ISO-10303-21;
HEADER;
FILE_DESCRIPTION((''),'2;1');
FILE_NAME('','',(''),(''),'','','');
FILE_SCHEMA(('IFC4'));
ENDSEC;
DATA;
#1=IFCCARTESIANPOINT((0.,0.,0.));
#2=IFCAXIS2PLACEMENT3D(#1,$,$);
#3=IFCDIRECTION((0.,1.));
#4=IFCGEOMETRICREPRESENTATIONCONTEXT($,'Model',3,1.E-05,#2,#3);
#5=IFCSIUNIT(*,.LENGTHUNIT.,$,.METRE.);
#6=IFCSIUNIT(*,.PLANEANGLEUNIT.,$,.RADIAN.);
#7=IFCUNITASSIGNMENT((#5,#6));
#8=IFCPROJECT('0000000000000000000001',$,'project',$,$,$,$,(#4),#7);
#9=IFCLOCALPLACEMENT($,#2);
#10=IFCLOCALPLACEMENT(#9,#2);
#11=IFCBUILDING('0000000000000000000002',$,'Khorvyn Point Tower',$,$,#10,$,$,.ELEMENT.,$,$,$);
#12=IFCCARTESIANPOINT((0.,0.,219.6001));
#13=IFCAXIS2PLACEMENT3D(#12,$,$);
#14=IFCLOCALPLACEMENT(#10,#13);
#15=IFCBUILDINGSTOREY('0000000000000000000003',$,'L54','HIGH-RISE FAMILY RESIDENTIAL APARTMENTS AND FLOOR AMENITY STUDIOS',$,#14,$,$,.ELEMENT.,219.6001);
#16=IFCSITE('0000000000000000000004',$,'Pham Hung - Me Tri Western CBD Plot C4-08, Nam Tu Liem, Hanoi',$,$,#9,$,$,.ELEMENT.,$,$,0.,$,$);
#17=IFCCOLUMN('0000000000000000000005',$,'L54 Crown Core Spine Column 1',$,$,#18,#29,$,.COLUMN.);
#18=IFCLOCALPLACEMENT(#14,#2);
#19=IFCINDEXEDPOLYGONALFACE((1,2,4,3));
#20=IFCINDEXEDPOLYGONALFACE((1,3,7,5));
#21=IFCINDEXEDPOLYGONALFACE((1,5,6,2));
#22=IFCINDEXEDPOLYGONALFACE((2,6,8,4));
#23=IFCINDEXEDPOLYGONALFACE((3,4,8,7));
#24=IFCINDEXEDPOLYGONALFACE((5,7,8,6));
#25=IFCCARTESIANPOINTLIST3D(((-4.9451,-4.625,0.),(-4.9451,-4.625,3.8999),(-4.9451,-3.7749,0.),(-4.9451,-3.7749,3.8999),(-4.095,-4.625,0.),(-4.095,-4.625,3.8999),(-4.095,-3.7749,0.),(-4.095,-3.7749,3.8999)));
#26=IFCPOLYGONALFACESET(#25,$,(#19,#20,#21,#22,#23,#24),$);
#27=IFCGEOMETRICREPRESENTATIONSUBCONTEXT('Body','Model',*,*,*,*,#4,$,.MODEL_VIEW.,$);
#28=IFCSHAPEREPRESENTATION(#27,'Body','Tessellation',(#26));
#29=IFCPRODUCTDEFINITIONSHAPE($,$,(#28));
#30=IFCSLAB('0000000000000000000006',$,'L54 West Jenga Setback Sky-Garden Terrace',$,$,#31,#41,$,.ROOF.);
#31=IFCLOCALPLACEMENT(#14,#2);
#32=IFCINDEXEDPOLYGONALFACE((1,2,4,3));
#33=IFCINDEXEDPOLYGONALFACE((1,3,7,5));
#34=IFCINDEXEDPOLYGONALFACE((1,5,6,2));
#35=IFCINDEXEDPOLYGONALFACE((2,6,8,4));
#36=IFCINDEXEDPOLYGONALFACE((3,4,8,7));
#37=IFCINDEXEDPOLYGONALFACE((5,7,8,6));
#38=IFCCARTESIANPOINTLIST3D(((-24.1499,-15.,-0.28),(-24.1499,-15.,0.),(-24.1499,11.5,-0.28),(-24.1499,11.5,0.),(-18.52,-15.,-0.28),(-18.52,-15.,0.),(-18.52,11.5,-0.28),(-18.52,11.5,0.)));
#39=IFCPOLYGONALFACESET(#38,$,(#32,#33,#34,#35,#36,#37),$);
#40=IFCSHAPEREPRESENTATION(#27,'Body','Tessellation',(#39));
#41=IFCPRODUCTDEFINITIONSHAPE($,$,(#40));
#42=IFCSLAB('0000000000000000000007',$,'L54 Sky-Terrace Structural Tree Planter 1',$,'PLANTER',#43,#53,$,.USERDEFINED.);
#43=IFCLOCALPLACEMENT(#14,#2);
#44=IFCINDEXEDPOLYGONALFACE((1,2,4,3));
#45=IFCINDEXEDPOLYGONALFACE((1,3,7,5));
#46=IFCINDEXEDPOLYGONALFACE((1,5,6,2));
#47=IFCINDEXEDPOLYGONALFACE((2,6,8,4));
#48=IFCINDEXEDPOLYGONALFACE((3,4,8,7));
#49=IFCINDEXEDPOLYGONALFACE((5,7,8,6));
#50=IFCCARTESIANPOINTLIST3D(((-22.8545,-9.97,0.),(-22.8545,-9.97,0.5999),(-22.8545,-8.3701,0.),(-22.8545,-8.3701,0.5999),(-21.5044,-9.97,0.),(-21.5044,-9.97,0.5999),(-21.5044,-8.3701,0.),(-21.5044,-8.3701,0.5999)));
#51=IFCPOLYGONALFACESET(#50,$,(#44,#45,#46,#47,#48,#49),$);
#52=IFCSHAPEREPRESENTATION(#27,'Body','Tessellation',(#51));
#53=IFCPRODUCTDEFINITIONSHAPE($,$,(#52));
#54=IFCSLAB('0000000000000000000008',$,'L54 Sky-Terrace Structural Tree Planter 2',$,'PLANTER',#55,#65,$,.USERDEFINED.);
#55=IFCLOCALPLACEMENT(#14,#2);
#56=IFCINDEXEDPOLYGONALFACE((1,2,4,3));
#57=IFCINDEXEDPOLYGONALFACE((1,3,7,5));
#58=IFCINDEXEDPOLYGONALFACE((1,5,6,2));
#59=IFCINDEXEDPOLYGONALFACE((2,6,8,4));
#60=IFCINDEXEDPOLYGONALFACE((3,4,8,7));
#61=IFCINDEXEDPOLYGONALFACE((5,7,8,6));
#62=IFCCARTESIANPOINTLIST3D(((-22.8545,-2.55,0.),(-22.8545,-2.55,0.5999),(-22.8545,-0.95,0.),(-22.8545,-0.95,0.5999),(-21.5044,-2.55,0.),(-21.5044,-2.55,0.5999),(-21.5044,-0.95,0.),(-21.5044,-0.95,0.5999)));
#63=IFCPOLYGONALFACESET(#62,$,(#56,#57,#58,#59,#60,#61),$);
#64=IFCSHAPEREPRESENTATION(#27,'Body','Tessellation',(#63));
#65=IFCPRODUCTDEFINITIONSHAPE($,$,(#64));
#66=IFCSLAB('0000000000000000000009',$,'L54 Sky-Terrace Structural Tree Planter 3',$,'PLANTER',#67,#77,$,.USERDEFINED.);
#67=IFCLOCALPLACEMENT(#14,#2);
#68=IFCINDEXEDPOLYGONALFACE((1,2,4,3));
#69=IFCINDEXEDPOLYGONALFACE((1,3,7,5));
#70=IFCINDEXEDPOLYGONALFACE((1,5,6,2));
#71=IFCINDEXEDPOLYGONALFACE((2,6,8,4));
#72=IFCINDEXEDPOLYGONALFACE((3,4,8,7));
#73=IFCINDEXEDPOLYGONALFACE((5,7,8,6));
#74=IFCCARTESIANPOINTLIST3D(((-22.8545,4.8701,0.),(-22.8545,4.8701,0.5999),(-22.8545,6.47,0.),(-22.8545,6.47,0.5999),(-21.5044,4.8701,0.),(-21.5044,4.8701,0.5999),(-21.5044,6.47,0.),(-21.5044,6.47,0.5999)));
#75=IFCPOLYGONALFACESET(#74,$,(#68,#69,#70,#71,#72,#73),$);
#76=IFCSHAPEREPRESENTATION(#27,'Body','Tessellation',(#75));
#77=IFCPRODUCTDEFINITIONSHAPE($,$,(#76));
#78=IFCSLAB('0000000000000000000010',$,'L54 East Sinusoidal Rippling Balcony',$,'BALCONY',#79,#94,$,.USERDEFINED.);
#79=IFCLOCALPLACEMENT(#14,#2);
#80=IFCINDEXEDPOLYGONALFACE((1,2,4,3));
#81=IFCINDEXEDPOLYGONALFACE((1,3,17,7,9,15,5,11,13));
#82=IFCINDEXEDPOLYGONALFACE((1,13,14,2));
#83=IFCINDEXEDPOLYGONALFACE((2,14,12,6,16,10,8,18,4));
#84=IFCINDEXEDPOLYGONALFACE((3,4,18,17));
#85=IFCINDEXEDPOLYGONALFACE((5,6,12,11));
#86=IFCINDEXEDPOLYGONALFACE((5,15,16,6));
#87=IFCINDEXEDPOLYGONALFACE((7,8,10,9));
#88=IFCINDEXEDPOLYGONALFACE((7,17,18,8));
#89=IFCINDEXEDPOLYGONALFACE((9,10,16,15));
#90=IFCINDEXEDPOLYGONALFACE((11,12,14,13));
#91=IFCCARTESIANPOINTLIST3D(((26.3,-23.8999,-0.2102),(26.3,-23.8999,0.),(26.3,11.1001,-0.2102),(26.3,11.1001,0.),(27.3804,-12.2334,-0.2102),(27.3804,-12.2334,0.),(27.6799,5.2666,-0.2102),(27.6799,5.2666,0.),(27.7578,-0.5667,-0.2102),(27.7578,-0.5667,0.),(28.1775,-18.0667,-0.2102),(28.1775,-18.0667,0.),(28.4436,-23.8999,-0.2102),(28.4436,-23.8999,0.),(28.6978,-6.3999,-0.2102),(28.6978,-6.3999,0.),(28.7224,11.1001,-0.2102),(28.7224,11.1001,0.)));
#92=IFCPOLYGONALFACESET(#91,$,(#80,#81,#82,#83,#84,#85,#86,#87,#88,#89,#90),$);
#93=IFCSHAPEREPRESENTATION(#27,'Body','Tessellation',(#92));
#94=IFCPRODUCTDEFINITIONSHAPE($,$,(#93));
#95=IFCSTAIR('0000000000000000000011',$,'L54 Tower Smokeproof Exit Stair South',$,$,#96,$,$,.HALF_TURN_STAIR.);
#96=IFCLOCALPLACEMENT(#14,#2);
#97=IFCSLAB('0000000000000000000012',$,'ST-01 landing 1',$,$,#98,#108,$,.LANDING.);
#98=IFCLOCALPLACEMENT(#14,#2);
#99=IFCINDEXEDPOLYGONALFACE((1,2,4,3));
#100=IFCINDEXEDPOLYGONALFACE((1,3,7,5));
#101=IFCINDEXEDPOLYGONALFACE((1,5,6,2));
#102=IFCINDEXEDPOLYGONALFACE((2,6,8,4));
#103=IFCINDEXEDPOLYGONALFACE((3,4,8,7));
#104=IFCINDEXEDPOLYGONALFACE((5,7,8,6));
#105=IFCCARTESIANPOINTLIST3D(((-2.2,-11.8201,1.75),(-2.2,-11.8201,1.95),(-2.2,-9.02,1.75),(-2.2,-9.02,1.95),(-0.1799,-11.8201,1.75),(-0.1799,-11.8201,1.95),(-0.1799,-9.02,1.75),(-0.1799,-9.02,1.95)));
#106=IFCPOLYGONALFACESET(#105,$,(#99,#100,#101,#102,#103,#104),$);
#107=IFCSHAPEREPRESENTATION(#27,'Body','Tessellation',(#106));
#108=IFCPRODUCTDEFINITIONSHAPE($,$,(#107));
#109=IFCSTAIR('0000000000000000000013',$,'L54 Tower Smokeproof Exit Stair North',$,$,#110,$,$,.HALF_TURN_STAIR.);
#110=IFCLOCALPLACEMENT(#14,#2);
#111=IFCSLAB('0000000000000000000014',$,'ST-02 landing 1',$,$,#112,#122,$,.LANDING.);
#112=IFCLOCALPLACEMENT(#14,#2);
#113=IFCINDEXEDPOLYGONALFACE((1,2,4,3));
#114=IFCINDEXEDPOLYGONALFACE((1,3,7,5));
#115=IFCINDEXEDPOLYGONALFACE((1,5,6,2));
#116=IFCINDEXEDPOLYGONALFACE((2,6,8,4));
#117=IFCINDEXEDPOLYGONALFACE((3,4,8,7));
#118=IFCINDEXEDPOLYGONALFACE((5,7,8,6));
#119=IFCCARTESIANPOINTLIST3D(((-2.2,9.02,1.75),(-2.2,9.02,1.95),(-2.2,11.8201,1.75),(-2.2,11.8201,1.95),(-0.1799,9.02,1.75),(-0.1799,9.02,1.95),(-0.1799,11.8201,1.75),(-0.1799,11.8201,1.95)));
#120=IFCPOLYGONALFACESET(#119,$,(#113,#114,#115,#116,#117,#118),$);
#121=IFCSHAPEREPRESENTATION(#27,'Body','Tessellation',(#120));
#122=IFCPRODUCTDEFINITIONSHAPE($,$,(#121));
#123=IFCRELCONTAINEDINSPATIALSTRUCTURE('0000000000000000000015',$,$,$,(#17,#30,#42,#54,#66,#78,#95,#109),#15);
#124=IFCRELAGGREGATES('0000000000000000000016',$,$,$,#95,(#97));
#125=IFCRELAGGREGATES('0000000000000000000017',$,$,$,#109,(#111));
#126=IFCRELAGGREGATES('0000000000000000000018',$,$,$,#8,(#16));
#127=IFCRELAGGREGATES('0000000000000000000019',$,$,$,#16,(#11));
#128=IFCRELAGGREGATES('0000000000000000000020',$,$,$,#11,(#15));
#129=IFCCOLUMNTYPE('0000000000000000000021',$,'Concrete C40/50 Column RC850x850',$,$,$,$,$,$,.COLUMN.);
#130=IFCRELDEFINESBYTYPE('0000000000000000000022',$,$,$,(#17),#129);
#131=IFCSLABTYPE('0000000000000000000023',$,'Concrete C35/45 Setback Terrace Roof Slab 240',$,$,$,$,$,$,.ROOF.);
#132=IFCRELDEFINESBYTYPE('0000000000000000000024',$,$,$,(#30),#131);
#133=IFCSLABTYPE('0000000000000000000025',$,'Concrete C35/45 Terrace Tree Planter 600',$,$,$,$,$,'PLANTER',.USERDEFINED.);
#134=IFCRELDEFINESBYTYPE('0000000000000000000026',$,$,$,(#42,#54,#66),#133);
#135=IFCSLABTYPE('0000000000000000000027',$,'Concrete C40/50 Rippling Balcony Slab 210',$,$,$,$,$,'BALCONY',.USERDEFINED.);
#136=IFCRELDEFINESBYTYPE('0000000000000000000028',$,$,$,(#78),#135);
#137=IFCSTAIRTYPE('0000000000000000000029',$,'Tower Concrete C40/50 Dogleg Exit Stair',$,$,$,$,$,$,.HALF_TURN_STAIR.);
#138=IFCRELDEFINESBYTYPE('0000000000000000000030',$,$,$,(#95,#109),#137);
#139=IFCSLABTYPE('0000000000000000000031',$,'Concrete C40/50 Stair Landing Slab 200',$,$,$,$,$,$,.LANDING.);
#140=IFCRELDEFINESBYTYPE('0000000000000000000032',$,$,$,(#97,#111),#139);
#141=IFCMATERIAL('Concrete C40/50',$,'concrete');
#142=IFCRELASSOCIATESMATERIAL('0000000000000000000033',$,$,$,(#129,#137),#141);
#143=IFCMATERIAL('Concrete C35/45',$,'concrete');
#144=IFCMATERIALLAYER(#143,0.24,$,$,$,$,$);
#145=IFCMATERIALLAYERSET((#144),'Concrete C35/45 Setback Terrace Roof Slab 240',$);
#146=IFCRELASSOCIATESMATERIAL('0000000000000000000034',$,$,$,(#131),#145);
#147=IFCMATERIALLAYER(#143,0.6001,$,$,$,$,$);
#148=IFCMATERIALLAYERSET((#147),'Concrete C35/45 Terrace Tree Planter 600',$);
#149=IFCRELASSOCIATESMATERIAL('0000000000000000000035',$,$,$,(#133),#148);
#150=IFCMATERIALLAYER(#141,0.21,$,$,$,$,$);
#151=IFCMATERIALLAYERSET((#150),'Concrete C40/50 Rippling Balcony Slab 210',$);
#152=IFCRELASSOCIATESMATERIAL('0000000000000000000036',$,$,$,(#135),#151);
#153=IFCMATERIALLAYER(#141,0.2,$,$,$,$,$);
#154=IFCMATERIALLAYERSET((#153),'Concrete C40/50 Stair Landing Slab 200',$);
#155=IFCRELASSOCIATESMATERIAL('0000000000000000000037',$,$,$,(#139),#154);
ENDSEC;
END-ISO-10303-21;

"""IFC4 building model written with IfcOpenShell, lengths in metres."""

from ifc_helpers import new_model, si_unit, direction, frame, origin, origin_2d, place, context, subcontext, project, spatial, polyline, rectangle, outline, extrude, material, layer, layer_set, material_profile, profile_set, type_object, element, aggregate, save


model = new_model("IFC4")

# Units and contexts
model_context = context("Model", 3, precision=1e-05, world=origin(), true_north=direction((0.0, 1.0)))
body_context = subcontext(model_context, "Body", "Model", "MODEL_VIEW")
ifc_project = project(units=[si_unit("LENGTHUNIT", "METRE"), si_unit("PLANEANGLEUNIT", "RADIAN")], contexts=[model_context])

# Site, building, storey
site_placement = place(None, origin())
site = spatial("IfcSite", under=ifc_project, at=site_placement, Name="Pham Hung - Me Tri Western CBD Plot C4-08, Nam Tu Liem, Hanoi", CompositionType="ELEMENT", RefElevation=0.0)
building_placement = place(site_placement, origin())
building = spatial("IfcBuilding", under=site, at=building_placement, Name="Khorvyn Point Tower", CompositionType="ELEMENT")
storey_placement = place(building_placement, frame((0.0, 0.0, 219.6001)))
storey = spatial("IfcBuildingStorey", under=building, at=storey_placement, Name="L54", Description="HIGH-RISE FAMILY RESIDENTIAL APARTMENTS AND FLOOR AMENITY STUDIOS", CompositionType="ELEMENT", Elevation=219.6001)

# Column
ifc_material_1 = material(Name="Concrete C40/50", Category="concrete")
ifc_material_profile = material_profile(ifc_material_1, rectangle(XDim=0.8501, YDim=0.8501, at=origin_2d()))
ifc_profile_set = profile_set([ifc_material_profile], Name="Concrete C40/50 RC850x850")
column_type = type_object("IfcColumnType", Name="Concrete C40/50 Column RC850x850", PredefinedType="COLUMN", material=ifc_profile_set)
column_placement = place(storey_placement, frame((-4.52, -4.2, 0.0), z_axis=(0.0, 0.0, 1.0), x_axis=(1.0, 0.0, 0.0)))
element("IfcColumn", 1, at=column_placement, inside=storey, type_object=column_type, Name="L54 Crown Core Spine Column 1", PredefinedType="COLUMN", context=body_context, shape_type="SweptSolid", body=[
    extrude(rectangle(XDim=0.8501, YDim=0.8501, at=origin_2d()), origin(), (0.0, 0.0, 1.0), 3.8999),
])

# Slabs
ifc_material_2 = material(Name="Concrete C35/45", Category="concrete")
ifc_layer_1 = layer(ifc_material_2, 0.24)
ifc_layer_set_1 = layer_set([ifc_layer_1], Name="Concrete C35/45 Setback Terrace Roof Slab 240")
slab_type_1 = type_object("IfcSlabType", Name="Concrete C35/45 Setback Terrace Roof Slab 240", PredefinedType="ROOF", material=ifc_layer_set_1)
slab_1_placement = place(storey_placement, frame((0.0, 0.0, -0.28)))
element("IfcSlab", 2, at=slab_1_placement, inside=storey, type_object=slab_type_1, Name="L54 West Jenga Setback Sky-Garden Terrace", PredefinedType="ROOF", context=body_context, shape_type="SweptSolid", body=[
    extrude(outline(polyline([(-24.1499, -15.0), (-18.52, -15.0), (-18.52, 11.5), (-24.1499, 11.5), (-24.1499, -15.0)])), origin(), (0.0, 0.0, 1.0), 0.28),
])
ifc_layer_2 = layer(ifc_material_2, 0.6001)
ifc_layer_set_2 = layer_set([ifc_layer_2], Name="Concrete C35/45 Terrace Tree Planter 600")
slab_type_2 = type_object("IfcSlabType", Name="Concrete C35/45 Terrace Tree Planter 600", ElementType="PLANTER", PredefinedType="USERDEFINED", material=ifc_layer_set_2)
slab_2_placement = place(storey_placement, origin())
element("IfcSlab", 3, at=slab_2_placement, inside=storey, type_object=slab_type_2, Name="L54 Sky-Terrace Structural Tree Planter 1", ObjectType="PLANTER", PredefinedType="USERDEFINED", context=body_context, shape_type="SweptSolid", body=[
    extrude(outline(polyline([(-22.8545, -9.97), (-21.5044, -9.97), (-21.5044, -8.3701), (-22.8545, -8.3701), (-22.8545, -9.97)])), origin(), (0.0, 0.0, 1.0), 0.5999),
])
slab_3_placement = place(storey_placement, origin())
element("IfcSlab", 4, at=slab_3_placement, inside=storey, type_object=slab_type_2, Name="L54 Sky-Terrace Structural Tree Planter 2", ObjectType="PLANTER", PredefinedType="USERDEFINED", context=body_context, shape_type="SweptSolid", body=[
    extrude(outline(polyline([(-22.8545, -2.55), (-21.5044, -2.55), (-21.5044, -0.95), (-22.8545, -0.95), (-22.8545, -2.55)])), origin(), (0.0, 0.0, 1.0), 0.5999),
])
slab_4_placement = place(storey_placement, origin())
element("IfcSlab", 5, at=slab_4_placement, inside=storey, type_object=slab_type_2, Name="L54 Sky-Terrace Structural Tree Planter 3", ObjectType="PLANTER", PredefinedType="USERDEFINED", context=body_context, shape_type="SweptSolid", body=[
    extrude(outline(polyline([(-22.8545, 4.8701), (-21.5044, 4.8701), (-21.5044, 6.47), (-22.8545, 6.47), (-22.8545, 4.8701)])), origin(), (0.0, 0.0, 1.0), 0.5999),
])
ifc_layer_3 = layer(ifc_material_1, 0.21)
ifc_layer_set_3 = layer_set([ifc_layer_3], Name="Concrete C40/50 Rippling Balcony Slab 210")
slab_type_3 = type_object("IfcSlabType", Name="Concrete C40/50 Rippling Balcony Slab 210", ElementType="BALCONY", PredefinedType="USERDEFINED", material=ifc_layer_set_3)
slab_5_placement = place(storey_placement, frame((0.0, 0.0, -0.2102)))
element("IfcSlab", 6, at=slab_5_placement, inside=storey, type_object=slab_type_3, Name="L54 East Sinusoidal Rippling Balcony", ObjectType="BALCONY", PredefinedType="USERDEFINED", context=body_context, shape_type="SweptSolid", body=[
    extrude(outline(polyline([(26.3, -23.8999), (28.4436, -23.8999), (28.1775, -18.0667), (27.3804, -12.2334), (28.6978, -6.3999), (27.7578, -0.5667), (27.6799, 5.2666), (28.7224, 11.1001), (26.3, 11.1001), (26.3, -23.8999)])), origin(), (0.0, 0.0, 1.0), 0.2102),
])

# Stairs, slabs
stair_type = type_object("IfcStairType", Name="Tower Concrete C40/50 Dogleg Exit Stair", PredefinedType="HALF_TURN_STAIR", material=ifc_material_1)
stair_1_placement = place(storey_placement, origin())
stair_1 = element("IfcStair", 7, at=stair_1_placement, inside=storey, type_object=stair_type, Name="L54 Tower Smokeproof Exit Stair South", PredefinedType="HALF_TURN_STAIR")
ifc_layer_4 = layer(ifc_material_1, 0.2)
ifc_layer_set_4 = layer_set([ifc_layer_4], Name="Concrete C40/50 Stair Landing Slab 200")
slab_type_4 = type_object("IfcSlabType", Name="Concrete C40/50 Stair Landing Slab 200", PredefinedType="LANDING", material=ifc_layer_set_4)
slab_6_placement = place(storey_placement, frame((0.0, 0.0, 1.75)))
slab_6 = element("IfcSlab", 8, at=slab_6_placement, type_object=slab_type_4, Name="ST-01 landing 1", PredefinedType="LANDING", context=body_context, shape_type="SweptSolid", body=[
    extrude(outline(polyline([(-0.1799, -9.02), (-2.2, -9.02), (-2.2, -11.8201), (-0.1799, -11.8201), (-0.1799, -9.02)])), origin(), (0.0, 0.0, 1.0), 0.2),
])
aggregate(stair_1, [slab_6])
stair_2_placement = place(storey_placement, origin())
stair_2 = element("IfcStair", 9, at=stair_2_placement, inside=storey, type_object=stair_type, Name="L54 Tower Smokeproof Exit Stair North", PredefinedType="HALF_TURN_STAIR")
slab_7_placement = place(storey_placement, frame((0.0, 0.0, 1.75)))
slab_7 = element("IfcSlab", 10, at=slab_7_placement, type_object=slab_type_4, Name="ST-02 landing 1", PredefinedType="LANDING", context=body_context, shape_type="SweptSolid", body=[
    extrude(outline(polyline([(-0.1799, 11.8201), (-2.2, 11.8201), (-2.2, 9.02), (-0.1799, 9.02), (-0.1799, 11.8201)])), origin(), (0.0, 0.0, 1.0), 0.2),
])
aggregate(stair_2, [slab_7])

save(model, "model.ifc")
